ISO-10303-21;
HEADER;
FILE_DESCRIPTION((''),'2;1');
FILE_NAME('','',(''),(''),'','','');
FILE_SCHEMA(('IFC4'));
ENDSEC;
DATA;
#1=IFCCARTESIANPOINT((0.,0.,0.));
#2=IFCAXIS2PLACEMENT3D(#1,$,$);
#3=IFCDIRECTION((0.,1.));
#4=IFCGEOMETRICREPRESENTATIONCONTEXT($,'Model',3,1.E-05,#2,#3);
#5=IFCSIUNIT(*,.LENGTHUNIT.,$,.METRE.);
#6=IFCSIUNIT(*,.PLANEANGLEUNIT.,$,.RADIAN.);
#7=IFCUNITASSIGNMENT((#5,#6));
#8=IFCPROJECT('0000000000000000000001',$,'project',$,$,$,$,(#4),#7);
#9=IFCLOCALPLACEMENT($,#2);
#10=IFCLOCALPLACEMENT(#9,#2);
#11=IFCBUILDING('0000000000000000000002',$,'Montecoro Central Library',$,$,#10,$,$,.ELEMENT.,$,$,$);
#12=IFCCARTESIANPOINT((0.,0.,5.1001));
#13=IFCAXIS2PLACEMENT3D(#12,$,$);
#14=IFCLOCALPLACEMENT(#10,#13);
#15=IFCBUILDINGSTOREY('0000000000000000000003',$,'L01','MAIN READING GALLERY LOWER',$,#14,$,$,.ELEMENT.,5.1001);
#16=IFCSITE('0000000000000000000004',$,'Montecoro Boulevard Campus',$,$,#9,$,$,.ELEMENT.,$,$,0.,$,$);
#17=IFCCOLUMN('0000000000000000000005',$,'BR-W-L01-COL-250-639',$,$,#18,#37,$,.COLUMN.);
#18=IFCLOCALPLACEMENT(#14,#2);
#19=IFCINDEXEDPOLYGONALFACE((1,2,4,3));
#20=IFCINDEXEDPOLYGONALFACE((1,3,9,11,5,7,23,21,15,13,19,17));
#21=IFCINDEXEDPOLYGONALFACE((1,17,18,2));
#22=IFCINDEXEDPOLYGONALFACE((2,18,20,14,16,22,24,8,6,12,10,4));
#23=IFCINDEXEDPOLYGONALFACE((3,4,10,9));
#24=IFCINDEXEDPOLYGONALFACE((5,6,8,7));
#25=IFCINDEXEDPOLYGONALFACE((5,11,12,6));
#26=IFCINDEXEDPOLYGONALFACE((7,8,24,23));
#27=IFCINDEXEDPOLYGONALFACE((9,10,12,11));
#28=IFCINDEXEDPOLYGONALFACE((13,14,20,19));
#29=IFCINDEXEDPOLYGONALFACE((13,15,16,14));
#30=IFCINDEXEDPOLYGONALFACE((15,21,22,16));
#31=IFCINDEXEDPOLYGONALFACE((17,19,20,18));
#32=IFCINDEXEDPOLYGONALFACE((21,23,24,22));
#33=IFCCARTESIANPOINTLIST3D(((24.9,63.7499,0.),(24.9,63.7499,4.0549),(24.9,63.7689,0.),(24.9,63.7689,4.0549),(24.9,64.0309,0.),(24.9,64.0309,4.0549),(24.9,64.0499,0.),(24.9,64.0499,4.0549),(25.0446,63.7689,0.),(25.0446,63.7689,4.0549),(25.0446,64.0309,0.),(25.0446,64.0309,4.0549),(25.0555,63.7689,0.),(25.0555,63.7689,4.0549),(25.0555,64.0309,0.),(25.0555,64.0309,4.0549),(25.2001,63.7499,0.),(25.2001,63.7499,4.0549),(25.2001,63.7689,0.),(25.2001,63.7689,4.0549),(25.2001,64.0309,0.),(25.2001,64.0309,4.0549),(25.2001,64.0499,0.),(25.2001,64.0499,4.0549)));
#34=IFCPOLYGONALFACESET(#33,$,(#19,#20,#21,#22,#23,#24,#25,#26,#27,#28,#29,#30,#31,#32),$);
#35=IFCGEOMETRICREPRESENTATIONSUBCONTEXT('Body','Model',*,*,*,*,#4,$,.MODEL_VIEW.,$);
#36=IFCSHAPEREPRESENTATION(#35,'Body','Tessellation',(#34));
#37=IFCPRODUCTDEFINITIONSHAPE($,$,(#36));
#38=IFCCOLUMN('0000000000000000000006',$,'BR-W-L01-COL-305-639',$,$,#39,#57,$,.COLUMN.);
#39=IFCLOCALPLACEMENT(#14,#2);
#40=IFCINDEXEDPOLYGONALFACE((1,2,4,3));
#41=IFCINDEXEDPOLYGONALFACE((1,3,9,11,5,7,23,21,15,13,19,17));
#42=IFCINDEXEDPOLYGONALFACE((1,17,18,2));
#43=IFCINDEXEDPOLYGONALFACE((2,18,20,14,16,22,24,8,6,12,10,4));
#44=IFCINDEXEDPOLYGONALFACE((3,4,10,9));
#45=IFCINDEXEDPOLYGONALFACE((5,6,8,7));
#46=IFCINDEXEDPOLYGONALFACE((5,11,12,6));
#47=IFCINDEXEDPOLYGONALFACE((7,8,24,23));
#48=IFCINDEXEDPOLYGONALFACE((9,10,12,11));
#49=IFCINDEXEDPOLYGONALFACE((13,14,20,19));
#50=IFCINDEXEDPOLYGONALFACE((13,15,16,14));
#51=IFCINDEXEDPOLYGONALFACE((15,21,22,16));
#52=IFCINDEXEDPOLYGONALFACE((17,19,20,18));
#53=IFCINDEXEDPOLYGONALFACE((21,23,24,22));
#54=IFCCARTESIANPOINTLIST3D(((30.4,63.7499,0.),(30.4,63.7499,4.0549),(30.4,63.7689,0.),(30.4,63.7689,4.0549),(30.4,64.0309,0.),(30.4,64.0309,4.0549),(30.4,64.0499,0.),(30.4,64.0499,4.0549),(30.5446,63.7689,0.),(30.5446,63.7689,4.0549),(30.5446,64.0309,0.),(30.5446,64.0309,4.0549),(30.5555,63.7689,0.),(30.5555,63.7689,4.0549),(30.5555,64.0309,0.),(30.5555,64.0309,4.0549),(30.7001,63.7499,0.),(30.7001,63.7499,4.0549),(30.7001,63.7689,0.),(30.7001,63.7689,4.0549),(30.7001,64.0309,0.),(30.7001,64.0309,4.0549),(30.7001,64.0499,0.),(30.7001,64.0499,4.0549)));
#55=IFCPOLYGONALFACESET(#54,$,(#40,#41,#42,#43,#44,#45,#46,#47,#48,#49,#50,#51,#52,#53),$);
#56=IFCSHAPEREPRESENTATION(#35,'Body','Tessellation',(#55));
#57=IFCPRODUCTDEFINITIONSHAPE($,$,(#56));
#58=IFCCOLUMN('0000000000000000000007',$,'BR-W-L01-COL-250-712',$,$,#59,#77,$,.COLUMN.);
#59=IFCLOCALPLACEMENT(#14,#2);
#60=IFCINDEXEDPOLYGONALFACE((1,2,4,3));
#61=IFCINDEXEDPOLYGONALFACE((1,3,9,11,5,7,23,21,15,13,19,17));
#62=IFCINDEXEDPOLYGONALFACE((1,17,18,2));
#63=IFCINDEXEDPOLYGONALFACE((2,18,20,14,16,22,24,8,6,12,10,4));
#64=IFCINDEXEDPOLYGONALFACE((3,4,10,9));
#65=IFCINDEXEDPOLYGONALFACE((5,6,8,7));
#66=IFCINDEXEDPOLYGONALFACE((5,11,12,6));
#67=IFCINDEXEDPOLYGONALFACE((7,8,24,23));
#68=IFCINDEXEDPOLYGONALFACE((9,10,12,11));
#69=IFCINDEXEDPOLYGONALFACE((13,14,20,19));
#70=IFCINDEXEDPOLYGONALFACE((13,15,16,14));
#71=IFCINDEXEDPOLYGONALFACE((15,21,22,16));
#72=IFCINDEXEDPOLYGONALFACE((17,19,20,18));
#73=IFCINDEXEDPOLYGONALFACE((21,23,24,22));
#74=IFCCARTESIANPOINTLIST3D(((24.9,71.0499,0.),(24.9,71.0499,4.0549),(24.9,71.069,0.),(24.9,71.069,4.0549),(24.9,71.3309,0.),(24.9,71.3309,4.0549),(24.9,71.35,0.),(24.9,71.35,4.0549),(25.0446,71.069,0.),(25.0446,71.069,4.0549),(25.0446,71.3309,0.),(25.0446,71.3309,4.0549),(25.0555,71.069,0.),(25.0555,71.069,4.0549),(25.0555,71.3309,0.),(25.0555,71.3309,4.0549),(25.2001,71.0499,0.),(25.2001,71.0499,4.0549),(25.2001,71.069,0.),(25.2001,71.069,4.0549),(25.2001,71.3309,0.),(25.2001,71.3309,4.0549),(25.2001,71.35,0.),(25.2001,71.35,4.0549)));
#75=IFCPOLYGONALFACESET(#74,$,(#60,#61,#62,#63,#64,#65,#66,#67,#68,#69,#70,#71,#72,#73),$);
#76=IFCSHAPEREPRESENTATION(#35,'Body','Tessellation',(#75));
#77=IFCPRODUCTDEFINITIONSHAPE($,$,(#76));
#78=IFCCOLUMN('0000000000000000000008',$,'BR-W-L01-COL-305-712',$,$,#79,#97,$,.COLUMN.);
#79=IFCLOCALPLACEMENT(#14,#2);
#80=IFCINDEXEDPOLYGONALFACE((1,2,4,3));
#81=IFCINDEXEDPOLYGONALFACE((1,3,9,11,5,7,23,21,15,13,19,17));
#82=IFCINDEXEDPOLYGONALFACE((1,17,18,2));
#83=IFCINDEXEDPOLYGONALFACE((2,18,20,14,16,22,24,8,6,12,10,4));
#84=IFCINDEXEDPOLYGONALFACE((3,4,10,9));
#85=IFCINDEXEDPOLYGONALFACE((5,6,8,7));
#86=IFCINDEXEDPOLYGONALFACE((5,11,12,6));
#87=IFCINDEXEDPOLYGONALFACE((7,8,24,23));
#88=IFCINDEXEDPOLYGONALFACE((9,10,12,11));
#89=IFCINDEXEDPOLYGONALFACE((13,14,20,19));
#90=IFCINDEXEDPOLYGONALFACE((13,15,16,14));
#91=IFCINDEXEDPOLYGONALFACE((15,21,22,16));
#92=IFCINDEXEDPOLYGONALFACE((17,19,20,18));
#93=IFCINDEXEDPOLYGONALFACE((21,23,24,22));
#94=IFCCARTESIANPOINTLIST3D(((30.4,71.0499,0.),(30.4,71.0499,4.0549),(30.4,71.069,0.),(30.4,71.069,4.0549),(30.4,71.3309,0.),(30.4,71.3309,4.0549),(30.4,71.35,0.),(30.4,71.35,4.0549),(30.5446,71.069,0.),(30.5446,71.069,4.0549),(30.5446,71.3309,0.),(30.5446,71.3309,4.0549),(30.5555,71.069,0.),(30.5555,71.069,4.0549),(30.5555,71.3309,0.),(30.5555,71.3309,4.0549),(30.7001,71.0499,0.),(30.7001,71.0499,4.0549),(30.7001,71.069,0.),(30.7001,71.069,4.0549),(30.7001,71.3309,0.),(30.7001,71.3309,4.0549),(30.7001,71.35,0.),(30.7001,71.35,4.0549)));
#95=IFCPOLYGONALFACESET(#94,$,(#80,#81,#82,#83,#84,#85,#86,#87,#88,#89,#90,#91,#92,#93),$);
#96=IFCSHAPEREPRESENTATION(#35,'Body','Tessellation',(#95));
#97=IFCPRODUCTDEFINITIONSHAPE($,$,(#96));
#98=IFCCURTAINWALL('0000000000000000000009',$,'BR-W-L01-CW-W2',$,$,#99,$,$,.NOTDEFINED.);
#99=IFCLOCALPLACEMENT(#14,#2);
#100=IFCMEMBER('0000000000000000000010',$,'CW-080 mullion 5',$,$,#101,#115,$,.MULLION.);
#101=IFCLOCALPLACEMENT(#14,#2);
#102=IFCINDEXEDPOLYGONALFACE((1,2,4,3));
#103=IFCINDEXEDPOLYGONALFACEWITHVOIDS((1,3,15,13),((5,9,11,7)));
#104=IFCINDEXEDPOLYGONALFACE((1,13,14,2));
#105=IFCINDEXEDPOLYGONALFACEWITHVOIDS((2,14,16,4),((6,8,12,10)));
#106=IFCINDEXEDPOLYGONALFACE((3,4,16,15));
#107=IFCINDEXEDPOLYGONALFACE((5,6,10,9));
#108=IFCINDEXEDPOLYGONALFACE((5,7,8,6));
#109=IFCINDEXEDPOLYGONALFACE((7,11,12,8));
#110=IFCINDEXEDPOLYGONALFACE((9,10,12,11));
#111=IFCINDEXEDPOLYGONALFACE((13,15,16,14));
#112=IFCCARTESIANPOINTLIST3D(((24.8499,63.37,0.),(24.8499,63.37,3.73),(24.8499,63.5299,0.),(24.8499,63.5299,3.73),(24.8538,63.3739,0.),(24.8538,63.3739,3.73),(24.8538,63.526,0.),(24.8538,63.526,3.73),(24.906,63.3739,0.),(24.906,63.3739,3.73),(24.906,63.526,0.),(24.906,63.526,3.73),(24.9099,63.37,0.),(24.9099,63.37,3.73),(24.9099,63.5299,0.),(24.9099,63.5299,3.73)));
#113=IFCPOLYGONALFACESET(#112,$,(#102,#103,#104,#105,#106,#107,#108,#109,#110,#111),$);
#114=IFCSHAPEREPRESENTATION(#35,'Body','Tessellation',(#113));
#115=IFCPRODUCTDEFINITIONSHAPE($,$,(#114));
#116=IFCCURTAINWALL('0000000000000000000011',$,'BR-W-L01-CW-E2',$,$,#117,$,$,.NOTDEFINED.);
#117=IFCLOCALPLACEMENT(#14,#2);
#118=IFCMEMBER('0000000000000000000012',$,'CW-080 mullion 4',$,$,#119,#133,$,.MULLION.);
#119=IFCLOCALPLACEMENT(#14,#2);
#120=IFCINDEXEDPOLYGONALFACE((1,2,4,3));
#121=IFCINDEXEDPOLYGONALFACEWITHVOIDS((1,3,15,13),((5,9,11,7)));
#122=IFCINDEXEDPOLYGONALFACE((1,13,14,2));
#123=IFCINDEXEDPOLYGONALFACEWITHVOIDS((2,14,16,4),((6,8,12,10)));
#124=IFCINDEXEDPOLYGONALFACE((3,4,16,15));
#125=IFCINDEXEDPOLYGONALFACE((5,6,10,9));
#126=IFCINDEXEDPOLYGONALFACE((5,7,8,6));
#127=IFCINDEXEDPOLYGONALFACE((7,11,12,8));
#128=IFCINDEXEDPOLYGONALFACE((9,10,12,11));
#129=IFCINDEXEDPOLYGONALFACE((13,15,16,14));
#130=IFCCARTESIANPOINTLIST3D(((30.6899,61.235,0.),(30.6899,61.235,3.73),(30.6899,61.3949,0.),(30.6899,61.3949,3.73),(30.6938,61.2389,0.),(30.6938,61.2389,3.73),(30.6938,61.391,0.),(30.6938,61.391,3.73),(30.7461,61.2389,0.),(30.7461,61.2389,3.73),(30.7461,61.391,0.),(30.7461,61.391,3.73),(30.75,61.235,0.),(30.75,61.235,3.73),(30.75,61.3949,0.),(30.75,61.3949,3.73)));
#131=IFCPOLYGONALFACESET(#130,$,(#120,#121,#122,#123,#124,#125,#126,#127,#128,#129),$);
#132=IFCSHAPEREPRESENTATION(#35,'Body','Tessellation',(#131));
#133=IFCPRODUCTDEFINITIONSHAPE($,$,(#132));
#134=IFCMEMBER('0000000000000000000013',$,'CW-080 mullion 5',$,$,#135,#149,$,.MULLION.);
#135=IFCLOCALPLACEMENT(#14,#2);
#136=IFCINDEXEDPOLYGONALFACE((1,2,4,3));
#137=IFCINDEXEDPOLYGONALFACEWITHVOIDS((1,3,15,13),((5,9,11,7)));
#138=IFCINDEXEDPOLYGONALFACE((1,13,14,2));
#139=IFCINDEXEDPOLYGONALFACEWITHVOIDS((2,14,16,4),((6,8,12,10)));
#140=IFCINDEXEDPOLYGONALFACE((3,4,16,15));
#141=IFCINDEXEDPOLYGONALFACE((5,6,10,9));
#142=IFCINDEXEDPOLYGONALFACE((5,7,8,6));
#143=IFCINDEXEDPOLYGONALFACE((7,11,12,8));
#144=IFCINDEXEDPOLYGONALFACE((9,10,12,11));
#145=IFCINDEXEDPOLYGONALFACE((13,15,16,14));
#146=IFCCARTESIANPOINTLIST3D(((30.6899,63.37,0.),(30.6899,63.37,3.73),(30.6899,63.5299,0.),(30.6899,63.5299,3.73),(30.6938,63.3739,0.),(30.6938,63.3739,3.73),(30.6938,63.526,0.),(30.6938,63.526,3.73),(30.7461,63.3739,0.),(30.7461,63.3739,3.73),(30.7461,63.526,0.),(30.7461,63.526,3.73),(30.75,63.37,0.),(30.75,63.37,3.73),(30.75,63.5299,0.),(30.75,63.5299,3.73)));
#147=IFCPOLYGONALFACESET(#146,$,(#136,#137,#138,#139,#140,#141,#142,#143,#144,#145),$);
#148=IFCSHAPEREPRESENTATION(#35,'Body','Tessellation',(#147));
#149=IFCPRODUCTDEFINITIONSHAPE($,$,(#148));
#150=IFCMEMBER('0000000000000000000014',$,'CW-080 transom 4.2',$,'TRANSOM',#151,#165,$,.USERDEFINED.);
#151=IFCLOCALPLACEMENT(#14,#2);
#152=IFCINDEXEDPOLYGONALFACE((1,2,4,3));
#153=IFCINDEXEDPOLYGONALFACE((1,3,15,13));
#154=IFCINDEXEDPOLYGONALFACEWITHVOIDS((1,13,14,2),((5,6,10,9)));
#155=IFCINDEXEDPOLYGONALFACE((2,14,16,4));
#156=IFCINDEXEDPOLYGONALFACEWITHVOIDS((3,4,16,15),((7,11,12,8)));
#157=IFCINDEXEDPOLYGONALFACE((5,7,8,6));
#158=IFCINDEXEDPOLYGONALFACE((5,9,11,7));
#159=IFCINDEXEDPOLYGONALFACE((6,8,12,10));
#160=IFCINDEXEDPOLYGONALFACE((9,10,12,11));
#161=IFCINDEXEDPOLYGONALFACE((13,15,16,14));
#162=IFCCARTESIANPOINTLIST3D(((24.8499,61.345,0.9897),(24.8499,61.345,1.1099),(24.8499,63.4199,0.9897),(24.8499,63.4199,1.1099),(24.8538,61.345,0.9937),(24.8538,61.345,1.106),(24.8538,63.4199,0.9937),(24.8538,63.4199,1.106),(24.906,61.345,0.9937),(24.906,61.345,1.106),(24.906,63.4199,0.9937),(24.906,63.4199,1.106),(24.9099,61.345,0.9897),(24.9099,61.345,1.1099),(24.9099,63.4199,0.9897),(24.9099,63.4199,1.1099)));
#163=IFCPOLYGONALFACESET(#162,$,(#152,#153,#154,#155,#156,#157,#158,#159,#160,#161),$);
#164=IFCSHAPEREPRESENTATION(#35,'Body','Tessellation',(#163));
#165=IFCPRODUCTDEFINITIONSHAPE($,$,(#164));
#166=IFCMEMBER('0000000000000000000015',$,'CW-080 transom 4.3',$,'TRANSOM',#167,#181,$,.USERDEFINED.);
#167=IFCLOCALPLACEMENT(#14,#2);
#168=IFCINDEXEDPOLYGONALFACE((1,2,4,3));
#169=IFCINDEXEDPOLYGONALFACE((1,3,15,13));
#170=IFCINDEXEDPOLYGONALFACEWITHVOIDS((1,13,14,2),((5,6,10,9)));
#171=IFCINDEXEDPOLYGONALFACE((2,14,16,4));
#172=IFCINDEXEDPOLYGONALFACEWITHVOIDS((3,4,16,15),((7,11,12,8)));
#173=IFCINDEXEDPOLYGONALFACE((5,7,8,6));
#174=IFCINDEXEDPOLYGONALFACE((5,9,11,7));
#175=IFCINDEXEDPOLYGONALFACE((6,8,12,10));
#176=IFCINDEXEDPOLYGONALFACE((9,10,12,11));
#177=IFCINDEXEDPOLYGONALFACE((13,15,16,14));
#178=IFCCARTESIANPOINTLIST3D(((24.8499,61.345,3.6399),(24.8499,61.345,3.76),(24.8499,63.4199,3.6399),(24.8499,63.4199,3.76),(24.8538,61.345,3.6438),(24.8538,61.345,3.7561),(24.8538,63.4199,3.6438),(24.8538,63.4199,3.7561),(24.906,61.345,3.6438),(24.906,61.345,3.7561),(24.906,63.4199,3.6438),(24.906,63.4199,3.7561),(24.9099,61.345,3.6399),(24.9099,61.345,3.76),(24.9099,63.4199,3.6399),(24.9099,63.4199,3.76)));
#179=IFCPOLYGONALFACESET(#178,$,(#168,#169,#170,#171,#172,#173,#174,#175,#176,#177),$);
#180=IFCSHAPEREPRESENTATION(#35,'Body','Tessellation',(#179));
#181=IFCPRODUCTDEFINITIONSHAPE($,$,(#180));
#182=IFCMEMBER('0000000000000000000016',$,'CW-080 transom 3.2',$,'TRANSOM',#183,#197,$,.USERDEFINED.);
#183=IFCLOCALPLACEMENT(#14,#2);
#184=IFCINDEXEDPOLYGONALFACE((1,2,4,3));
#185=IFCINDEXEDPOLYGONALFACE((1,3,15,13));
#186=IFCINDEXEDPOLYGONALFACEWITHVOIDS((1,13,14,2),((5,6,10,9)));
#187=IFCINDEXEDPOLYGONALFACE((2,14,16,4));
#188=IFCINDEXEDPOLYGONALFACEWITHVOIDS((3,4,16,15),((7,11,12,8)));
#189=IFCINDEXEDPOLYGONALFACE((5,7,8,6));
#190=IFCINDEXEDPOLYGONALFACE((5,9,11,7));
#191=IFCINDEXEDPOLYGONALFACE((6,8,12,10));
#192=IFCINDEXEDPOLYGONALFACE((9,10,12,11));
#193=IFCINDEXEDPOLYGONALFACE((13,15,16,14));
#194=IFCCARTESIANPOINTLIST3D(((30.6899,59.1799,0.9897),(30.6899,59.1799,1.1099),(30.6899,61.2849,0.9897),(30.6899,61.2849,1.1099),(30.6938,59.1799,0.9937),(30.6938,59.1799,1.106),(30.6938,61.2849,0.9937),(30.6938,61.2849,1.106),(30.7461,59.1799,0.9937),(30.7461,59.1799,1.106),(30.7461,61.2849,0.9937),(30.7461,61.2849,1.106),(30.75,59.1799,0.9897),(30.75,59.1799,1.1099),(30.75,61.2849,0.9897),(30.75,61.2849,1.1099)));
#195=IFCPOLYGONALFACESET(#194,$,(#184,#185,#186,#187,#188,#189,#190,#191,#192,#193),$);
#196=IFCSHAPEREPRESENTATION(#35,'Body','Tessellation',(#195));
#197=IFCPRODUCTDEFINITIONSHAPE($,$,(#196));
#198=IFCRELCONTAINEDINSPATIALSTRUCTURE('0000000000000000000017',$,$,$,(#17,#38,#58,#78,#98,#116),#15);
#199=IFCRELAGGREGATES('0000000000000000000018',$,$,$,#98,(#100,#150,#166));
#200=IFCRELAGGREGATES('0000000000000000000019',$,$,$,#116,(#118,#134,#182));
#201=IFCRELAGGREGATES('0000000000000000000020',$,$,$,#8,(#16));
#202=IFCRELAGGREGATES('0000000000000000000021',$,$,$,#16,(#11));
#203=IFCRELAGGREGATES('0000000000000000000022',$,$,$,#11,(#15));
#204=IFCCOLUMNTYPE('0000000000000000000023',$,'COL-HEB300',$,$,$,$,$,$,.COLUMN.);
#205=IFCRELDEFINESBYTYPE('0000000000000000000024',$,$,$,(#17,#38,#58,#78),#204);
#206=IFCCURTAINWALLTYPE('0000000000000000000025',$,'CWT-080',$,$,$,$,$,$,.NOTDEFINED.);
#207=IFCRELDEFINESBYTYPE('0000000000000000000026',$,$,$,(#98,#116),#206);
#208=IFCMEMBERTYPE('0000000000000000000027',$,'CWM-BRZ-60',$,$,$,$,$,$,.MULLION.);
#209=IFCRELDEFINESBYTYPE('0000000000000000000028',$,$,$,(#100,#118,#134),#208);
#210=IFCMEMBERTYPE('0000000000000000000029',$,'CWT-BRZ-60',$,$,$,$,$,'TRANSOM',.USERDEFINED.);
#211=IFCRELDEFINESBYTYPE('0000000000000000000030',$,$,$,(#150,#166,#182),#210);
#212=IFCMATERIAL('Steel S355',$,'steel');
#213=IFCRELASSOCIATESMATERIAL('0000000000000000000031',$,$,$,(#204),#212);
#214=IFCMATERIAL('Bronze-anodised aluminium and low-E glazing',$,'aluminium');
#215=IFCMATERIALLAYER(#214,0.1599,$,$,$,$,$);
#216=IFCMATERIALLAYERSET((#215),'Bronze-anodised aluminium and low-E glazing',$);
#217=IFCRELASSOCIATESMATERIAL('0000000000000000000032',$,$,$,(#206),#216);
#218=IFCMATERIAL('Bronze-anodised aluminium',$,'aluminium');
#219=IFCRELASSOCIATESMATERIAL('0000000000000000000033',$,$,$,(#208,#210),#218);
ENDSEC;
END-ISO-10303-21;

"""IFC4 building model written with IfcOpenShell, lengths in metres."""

from ifc_helpers import new_model, si_unit, direction, frame, origin, origin_2d, place, context, subcontext, project, spatial, hollow_rectangle, i_section, extrude, material, layer, layer_set, material_profile, profile_set, type_object, element, aggregate, save


model = new_model("IFC4")

# Units and contexts
model_context = context("Model", 3, precision=1e-05, world=origin(), true_north=direction((0.0, 1.0)))
body_context = subcontext(model_context, "Body", "Model", "MODEL_VIEW")
ifc_project = project(units=[si_unit("LENGTHUNIT", "METRE"), si_unit("PLANEANGLEUNIT", "RADIAN")], contexts=[model_context])

# Site, building, storey
site_placement = place(None, origin())
site = spatial("IfcSite", under=ifc_project, at=site_placement, Name="Montecoro Boulevard Campus", CompositionType="ELEMENT", RefElevation=0.0)
building_placement = place(site_placement, origin())
building = spatial("IfcBuilding", under=site, at=building_placement, Name="Montecoro Central Library", CompositionType="ELEMENT")
storey_placement = place(building_placement, frame((0.0, 0.0, 5.1001)))
storey = spatial("IfcBuildingStorey", under=building, at=storey_placement, Name="L01", Description="MAIN READING GALLERY LOWER", CompositionType="ELEMENT", Elevation=5.1001)

# Columns
ifc_material_1 = material(Name="Steel S355", Category="steel")
ifc_material_profile_1 = material_profile(ifc_material_1, i_section(OverallWidth=0.3, OverallDepth=0.3, WebThickness=0.011, FlangeThickness=0.019, at=origin_2d()), Name="HEB 300")
ifc_profile_set_1 = profile_set([ifc_material_profile_1], Name="Steel S355")
column_type = type_object("IfcColumnType", Name="COL-HEB300", PredefinedType="COLUMN", material=ifc_profile_set_1)
for number, where, z_axis, x_axis, name in (
    (1, (25.05, 63.8999, 0.0), (0.0, 0.0, 1.0), (1.0, 0.0, 0.0), "BR-W-L01-COL-250-639"),
    (2, (30.55, 63.8999, 0.0), (0.0, 0.0, 1.0), (1.0, 0.0, 0.0), "BR-W-L01-COL-305-639"),
    (3, (25.05, 71.2, 0.0), (0.0, 0.0, 1.0), (1.0, 0.0, 0.0), "BR-W-L01-COL-250-712"),
    (4, (30.55, 71.2, 0.0), (0.0, 0.0, 1.0), (1.0, 0.0, 0.0), "BR-W-L01-COL-305-712"),
):
    element("IfcColumn", number, at=place(storey_placement, frame(where, z_axis=z_axis, x_axis=x_axis)), inside=storey, type_object=column_type, Name=name, PredefinedType="COLUMN", context=body_context, shape_type="SweptSolid", body=[
        extrude(i_section(OverallWidth=0.3, OverallDepth=0.3, WebThickness=0.011, FlangeThickness=0.019, at=origin_2d()), origin(), (0.0, 0.0, 1.0), 4.0549),
    ])

# Curtain wall, member
ifc_material_2 = material(Name="Bronze-anodised aluminium and low-E glazing", Category="aluminium")
ifc_layer_1 = layer(ifc_material_2, 0.1599)
ifc_layer_set_1 = layer_set([ifc_layer_1], Name="Bronze-anodised aluminium and low-E glazing")
curtain_wall_type = type_object("IfcCurtainWallType", Name="CWT-080", PredefinedType="NOTDEFINED", material=ifc_layer_set_1)
curtain_wall_1_placement = place(storey_placement, origin())
curtain_wall_1 = element("IfcCurtainWall", 5, at=curtain_wall_1_placement, inside=storey, type_object=curtain_wall_type, Name="BR-W-L01-CW-W2", PredefinedType="NOTDEFINED")
ifc_material_3 = material(Name="Bronze-anodised aluminium", Category="aluminium")
ifc_material_profile_2 = material_profile(ifc_material_3, hollow_rectangle(XDim=0.0601, YDim=0.1599, WallThickness=0.0039, at=origin_2d()), Name="CWM 160x60x4.0")
ifc_profile_set_2 = profile_set([ifc_material_profile_2], Name="Bronze-anodised aluminium")
member_type_1 = type_object("IfcMemberType", Name="CWM-BRZ-60", PredefinedType="MULLION", material=ifc_profile_set_2)
member_1_placement = place(storey_placement, frame((24.8799, 63.45, 0.0), z_axis=(0.0, 0.0, 1.0), x_axis=(-1.0, 0.0, 0.0)))
member_1 = element("IfcMember", 6, at=member_1_placement, type_object=member_type_1, Name="CW-080 mullion 5", PredefinedType="MULLION", context=body_context, shape_type="SweptSolid", body=[
    extrude(hollow_rectangle(XDim=0.0601, YDim=0.1599, WallThickness=0.0039, at=origin_2d()), origin(), (0.0, 0.0, 1.0), 3.73),
])

# Curtain wall, members
curtain_wall_2_placement = place(storey_placement, origin())
curtain_wall_2 = element("IfcCurtainWall", 7, at=curtain_wall_2_placement, inside=storey, type_object=curtain_wall_type, Name="BR-W-L01-CW-E2", PredefinedType="NOTDEFINED")
member_2_placement = place(storey_placement, frame((30.72, 61.3149, 0.0), z_axis=(0.0, 0.0, 1.0), x_axis=(-1.0, 0.0, 0.0)))
member_2 = element("IfcMember", 8, at=member_2_placement, type_object=member_type_1, Name="CW-080 mullion 4", PredefinedType="MULLION", context=body_context, shape_type="SweptSolid", body=[
    extrude(hollow_rectangle(XDim=0.0601, YDim=0.1599, WallThickness=0.0039, at=origin_2d()), origin(), (0.0, 0.0, 1.0), 3.73),
])
member_3_placement = place(storey_placement, frame((30.72, 63.45, 0.0), z_axis=(0.0, 0.0, 1.0), x_axis=(-1.0, 0.0, 0.0)))
member_3 = element("IfcMember", 9, at=member_3_placement, type_object=member_type_1, Name="CW-080 mullion 5", PredefinedType="MULLION", context=body_context, shape_type="SweptSolid", body=[
    extrude(hollow_rectangle(XDim=0.0601, YDim=0.1599, WallThickness=0.0039, at=origin_2d()), origin(), (0.0, 0.0, 1.0), 3.73),
])

# Members
ifc_material_profile_3 = material_profile(ifc_material_3, hollow_rectangle(XDim=0.0601, YDim=0.1201, WallThickness=0.0039, at=origin_2d()), Name="CWT 120x60x4.0")
ifc_profile_set_3 = profile_set([ifc_material_profile_3], Name="Bronze-anodised aluminium")
member_type_2 = type_object("IfcMemberType", Name="CWT-BRZ-60", ElementType="TRANSOM", PredefinedType="USERDEFINED", material=ifc_profile_set_3)
member_4_placement = place(storey_placement, frame((24.8799, 61.345, 1.0498), z_axis=(0.0, 1.0, 0.0), x_axis=(-1.0, 0.0, 0.0)))
member_4 = element("IfcMember", 10, at=member_4_placement, type_object=member_type_2, Name="CW-080 transom 4.2", ObjectType="TRANSOM", PredefinedType="USERDEFINED", context=body_context, shape_type="SweptSolid", body=[
    extrude(hollow_rectangle(XDim=0.0601, YDim=0.1201, WallThickness=0.0039, at=origin_2d()), origin(), (0.0, 0.0, 1.0), 2.075),
])
member_5_placement = place(storey_placement, frame((24.8799, 61.345, 3.7), z_axis=(0.0, 1.0, 0.0), x_axis=(-1.0, 0.0, 0.0)))
member_5 = element("IfcMember", 11, at=member_5_placement, type_object=member_type_2, Name="CW-080 transom 4.3", ObjectType="TRANSOM", PredefinedType="USERDEFINED", context=body_context, shape_type="SweptSolid", body=[
    extrude(hollow_rectangle(XDim=0.0601, YDim=0.1201, WallThickness=0.0039, at=origin_2d()), origin(), (0.0, 0.0, 1.0), 2.075),
])
member_6_placement = place(storey_placement, frame((30.72, 59.1799, 1.0498), z_axis=(0.0, 1.0, 0.0), x_axis=(-1.0, 0.0, 0.0)))
member_6 = element("IfcMember", 12, at=member_6_placement, type_object=member_type_2, Name="CW-080 transom 3.2", ObjectType="TRANSOM", PredefinedType="USERDEFINED", context=body_context, shape_type="SweptSolid", body=[
    extrude(hollow_rectangle(XDim=0.0601, YDim=0.1201, WallThickness=0.0039, at=origin_2d()), origin(), (0.0, 0.0, 1.0), 2.105),
])

aggregate(curtain_wall_1, [member_1, member_4, member_5])
aggregate(curtain_wall_2, [member_2, member_3, member_6])

save(model, "model.ifc")
